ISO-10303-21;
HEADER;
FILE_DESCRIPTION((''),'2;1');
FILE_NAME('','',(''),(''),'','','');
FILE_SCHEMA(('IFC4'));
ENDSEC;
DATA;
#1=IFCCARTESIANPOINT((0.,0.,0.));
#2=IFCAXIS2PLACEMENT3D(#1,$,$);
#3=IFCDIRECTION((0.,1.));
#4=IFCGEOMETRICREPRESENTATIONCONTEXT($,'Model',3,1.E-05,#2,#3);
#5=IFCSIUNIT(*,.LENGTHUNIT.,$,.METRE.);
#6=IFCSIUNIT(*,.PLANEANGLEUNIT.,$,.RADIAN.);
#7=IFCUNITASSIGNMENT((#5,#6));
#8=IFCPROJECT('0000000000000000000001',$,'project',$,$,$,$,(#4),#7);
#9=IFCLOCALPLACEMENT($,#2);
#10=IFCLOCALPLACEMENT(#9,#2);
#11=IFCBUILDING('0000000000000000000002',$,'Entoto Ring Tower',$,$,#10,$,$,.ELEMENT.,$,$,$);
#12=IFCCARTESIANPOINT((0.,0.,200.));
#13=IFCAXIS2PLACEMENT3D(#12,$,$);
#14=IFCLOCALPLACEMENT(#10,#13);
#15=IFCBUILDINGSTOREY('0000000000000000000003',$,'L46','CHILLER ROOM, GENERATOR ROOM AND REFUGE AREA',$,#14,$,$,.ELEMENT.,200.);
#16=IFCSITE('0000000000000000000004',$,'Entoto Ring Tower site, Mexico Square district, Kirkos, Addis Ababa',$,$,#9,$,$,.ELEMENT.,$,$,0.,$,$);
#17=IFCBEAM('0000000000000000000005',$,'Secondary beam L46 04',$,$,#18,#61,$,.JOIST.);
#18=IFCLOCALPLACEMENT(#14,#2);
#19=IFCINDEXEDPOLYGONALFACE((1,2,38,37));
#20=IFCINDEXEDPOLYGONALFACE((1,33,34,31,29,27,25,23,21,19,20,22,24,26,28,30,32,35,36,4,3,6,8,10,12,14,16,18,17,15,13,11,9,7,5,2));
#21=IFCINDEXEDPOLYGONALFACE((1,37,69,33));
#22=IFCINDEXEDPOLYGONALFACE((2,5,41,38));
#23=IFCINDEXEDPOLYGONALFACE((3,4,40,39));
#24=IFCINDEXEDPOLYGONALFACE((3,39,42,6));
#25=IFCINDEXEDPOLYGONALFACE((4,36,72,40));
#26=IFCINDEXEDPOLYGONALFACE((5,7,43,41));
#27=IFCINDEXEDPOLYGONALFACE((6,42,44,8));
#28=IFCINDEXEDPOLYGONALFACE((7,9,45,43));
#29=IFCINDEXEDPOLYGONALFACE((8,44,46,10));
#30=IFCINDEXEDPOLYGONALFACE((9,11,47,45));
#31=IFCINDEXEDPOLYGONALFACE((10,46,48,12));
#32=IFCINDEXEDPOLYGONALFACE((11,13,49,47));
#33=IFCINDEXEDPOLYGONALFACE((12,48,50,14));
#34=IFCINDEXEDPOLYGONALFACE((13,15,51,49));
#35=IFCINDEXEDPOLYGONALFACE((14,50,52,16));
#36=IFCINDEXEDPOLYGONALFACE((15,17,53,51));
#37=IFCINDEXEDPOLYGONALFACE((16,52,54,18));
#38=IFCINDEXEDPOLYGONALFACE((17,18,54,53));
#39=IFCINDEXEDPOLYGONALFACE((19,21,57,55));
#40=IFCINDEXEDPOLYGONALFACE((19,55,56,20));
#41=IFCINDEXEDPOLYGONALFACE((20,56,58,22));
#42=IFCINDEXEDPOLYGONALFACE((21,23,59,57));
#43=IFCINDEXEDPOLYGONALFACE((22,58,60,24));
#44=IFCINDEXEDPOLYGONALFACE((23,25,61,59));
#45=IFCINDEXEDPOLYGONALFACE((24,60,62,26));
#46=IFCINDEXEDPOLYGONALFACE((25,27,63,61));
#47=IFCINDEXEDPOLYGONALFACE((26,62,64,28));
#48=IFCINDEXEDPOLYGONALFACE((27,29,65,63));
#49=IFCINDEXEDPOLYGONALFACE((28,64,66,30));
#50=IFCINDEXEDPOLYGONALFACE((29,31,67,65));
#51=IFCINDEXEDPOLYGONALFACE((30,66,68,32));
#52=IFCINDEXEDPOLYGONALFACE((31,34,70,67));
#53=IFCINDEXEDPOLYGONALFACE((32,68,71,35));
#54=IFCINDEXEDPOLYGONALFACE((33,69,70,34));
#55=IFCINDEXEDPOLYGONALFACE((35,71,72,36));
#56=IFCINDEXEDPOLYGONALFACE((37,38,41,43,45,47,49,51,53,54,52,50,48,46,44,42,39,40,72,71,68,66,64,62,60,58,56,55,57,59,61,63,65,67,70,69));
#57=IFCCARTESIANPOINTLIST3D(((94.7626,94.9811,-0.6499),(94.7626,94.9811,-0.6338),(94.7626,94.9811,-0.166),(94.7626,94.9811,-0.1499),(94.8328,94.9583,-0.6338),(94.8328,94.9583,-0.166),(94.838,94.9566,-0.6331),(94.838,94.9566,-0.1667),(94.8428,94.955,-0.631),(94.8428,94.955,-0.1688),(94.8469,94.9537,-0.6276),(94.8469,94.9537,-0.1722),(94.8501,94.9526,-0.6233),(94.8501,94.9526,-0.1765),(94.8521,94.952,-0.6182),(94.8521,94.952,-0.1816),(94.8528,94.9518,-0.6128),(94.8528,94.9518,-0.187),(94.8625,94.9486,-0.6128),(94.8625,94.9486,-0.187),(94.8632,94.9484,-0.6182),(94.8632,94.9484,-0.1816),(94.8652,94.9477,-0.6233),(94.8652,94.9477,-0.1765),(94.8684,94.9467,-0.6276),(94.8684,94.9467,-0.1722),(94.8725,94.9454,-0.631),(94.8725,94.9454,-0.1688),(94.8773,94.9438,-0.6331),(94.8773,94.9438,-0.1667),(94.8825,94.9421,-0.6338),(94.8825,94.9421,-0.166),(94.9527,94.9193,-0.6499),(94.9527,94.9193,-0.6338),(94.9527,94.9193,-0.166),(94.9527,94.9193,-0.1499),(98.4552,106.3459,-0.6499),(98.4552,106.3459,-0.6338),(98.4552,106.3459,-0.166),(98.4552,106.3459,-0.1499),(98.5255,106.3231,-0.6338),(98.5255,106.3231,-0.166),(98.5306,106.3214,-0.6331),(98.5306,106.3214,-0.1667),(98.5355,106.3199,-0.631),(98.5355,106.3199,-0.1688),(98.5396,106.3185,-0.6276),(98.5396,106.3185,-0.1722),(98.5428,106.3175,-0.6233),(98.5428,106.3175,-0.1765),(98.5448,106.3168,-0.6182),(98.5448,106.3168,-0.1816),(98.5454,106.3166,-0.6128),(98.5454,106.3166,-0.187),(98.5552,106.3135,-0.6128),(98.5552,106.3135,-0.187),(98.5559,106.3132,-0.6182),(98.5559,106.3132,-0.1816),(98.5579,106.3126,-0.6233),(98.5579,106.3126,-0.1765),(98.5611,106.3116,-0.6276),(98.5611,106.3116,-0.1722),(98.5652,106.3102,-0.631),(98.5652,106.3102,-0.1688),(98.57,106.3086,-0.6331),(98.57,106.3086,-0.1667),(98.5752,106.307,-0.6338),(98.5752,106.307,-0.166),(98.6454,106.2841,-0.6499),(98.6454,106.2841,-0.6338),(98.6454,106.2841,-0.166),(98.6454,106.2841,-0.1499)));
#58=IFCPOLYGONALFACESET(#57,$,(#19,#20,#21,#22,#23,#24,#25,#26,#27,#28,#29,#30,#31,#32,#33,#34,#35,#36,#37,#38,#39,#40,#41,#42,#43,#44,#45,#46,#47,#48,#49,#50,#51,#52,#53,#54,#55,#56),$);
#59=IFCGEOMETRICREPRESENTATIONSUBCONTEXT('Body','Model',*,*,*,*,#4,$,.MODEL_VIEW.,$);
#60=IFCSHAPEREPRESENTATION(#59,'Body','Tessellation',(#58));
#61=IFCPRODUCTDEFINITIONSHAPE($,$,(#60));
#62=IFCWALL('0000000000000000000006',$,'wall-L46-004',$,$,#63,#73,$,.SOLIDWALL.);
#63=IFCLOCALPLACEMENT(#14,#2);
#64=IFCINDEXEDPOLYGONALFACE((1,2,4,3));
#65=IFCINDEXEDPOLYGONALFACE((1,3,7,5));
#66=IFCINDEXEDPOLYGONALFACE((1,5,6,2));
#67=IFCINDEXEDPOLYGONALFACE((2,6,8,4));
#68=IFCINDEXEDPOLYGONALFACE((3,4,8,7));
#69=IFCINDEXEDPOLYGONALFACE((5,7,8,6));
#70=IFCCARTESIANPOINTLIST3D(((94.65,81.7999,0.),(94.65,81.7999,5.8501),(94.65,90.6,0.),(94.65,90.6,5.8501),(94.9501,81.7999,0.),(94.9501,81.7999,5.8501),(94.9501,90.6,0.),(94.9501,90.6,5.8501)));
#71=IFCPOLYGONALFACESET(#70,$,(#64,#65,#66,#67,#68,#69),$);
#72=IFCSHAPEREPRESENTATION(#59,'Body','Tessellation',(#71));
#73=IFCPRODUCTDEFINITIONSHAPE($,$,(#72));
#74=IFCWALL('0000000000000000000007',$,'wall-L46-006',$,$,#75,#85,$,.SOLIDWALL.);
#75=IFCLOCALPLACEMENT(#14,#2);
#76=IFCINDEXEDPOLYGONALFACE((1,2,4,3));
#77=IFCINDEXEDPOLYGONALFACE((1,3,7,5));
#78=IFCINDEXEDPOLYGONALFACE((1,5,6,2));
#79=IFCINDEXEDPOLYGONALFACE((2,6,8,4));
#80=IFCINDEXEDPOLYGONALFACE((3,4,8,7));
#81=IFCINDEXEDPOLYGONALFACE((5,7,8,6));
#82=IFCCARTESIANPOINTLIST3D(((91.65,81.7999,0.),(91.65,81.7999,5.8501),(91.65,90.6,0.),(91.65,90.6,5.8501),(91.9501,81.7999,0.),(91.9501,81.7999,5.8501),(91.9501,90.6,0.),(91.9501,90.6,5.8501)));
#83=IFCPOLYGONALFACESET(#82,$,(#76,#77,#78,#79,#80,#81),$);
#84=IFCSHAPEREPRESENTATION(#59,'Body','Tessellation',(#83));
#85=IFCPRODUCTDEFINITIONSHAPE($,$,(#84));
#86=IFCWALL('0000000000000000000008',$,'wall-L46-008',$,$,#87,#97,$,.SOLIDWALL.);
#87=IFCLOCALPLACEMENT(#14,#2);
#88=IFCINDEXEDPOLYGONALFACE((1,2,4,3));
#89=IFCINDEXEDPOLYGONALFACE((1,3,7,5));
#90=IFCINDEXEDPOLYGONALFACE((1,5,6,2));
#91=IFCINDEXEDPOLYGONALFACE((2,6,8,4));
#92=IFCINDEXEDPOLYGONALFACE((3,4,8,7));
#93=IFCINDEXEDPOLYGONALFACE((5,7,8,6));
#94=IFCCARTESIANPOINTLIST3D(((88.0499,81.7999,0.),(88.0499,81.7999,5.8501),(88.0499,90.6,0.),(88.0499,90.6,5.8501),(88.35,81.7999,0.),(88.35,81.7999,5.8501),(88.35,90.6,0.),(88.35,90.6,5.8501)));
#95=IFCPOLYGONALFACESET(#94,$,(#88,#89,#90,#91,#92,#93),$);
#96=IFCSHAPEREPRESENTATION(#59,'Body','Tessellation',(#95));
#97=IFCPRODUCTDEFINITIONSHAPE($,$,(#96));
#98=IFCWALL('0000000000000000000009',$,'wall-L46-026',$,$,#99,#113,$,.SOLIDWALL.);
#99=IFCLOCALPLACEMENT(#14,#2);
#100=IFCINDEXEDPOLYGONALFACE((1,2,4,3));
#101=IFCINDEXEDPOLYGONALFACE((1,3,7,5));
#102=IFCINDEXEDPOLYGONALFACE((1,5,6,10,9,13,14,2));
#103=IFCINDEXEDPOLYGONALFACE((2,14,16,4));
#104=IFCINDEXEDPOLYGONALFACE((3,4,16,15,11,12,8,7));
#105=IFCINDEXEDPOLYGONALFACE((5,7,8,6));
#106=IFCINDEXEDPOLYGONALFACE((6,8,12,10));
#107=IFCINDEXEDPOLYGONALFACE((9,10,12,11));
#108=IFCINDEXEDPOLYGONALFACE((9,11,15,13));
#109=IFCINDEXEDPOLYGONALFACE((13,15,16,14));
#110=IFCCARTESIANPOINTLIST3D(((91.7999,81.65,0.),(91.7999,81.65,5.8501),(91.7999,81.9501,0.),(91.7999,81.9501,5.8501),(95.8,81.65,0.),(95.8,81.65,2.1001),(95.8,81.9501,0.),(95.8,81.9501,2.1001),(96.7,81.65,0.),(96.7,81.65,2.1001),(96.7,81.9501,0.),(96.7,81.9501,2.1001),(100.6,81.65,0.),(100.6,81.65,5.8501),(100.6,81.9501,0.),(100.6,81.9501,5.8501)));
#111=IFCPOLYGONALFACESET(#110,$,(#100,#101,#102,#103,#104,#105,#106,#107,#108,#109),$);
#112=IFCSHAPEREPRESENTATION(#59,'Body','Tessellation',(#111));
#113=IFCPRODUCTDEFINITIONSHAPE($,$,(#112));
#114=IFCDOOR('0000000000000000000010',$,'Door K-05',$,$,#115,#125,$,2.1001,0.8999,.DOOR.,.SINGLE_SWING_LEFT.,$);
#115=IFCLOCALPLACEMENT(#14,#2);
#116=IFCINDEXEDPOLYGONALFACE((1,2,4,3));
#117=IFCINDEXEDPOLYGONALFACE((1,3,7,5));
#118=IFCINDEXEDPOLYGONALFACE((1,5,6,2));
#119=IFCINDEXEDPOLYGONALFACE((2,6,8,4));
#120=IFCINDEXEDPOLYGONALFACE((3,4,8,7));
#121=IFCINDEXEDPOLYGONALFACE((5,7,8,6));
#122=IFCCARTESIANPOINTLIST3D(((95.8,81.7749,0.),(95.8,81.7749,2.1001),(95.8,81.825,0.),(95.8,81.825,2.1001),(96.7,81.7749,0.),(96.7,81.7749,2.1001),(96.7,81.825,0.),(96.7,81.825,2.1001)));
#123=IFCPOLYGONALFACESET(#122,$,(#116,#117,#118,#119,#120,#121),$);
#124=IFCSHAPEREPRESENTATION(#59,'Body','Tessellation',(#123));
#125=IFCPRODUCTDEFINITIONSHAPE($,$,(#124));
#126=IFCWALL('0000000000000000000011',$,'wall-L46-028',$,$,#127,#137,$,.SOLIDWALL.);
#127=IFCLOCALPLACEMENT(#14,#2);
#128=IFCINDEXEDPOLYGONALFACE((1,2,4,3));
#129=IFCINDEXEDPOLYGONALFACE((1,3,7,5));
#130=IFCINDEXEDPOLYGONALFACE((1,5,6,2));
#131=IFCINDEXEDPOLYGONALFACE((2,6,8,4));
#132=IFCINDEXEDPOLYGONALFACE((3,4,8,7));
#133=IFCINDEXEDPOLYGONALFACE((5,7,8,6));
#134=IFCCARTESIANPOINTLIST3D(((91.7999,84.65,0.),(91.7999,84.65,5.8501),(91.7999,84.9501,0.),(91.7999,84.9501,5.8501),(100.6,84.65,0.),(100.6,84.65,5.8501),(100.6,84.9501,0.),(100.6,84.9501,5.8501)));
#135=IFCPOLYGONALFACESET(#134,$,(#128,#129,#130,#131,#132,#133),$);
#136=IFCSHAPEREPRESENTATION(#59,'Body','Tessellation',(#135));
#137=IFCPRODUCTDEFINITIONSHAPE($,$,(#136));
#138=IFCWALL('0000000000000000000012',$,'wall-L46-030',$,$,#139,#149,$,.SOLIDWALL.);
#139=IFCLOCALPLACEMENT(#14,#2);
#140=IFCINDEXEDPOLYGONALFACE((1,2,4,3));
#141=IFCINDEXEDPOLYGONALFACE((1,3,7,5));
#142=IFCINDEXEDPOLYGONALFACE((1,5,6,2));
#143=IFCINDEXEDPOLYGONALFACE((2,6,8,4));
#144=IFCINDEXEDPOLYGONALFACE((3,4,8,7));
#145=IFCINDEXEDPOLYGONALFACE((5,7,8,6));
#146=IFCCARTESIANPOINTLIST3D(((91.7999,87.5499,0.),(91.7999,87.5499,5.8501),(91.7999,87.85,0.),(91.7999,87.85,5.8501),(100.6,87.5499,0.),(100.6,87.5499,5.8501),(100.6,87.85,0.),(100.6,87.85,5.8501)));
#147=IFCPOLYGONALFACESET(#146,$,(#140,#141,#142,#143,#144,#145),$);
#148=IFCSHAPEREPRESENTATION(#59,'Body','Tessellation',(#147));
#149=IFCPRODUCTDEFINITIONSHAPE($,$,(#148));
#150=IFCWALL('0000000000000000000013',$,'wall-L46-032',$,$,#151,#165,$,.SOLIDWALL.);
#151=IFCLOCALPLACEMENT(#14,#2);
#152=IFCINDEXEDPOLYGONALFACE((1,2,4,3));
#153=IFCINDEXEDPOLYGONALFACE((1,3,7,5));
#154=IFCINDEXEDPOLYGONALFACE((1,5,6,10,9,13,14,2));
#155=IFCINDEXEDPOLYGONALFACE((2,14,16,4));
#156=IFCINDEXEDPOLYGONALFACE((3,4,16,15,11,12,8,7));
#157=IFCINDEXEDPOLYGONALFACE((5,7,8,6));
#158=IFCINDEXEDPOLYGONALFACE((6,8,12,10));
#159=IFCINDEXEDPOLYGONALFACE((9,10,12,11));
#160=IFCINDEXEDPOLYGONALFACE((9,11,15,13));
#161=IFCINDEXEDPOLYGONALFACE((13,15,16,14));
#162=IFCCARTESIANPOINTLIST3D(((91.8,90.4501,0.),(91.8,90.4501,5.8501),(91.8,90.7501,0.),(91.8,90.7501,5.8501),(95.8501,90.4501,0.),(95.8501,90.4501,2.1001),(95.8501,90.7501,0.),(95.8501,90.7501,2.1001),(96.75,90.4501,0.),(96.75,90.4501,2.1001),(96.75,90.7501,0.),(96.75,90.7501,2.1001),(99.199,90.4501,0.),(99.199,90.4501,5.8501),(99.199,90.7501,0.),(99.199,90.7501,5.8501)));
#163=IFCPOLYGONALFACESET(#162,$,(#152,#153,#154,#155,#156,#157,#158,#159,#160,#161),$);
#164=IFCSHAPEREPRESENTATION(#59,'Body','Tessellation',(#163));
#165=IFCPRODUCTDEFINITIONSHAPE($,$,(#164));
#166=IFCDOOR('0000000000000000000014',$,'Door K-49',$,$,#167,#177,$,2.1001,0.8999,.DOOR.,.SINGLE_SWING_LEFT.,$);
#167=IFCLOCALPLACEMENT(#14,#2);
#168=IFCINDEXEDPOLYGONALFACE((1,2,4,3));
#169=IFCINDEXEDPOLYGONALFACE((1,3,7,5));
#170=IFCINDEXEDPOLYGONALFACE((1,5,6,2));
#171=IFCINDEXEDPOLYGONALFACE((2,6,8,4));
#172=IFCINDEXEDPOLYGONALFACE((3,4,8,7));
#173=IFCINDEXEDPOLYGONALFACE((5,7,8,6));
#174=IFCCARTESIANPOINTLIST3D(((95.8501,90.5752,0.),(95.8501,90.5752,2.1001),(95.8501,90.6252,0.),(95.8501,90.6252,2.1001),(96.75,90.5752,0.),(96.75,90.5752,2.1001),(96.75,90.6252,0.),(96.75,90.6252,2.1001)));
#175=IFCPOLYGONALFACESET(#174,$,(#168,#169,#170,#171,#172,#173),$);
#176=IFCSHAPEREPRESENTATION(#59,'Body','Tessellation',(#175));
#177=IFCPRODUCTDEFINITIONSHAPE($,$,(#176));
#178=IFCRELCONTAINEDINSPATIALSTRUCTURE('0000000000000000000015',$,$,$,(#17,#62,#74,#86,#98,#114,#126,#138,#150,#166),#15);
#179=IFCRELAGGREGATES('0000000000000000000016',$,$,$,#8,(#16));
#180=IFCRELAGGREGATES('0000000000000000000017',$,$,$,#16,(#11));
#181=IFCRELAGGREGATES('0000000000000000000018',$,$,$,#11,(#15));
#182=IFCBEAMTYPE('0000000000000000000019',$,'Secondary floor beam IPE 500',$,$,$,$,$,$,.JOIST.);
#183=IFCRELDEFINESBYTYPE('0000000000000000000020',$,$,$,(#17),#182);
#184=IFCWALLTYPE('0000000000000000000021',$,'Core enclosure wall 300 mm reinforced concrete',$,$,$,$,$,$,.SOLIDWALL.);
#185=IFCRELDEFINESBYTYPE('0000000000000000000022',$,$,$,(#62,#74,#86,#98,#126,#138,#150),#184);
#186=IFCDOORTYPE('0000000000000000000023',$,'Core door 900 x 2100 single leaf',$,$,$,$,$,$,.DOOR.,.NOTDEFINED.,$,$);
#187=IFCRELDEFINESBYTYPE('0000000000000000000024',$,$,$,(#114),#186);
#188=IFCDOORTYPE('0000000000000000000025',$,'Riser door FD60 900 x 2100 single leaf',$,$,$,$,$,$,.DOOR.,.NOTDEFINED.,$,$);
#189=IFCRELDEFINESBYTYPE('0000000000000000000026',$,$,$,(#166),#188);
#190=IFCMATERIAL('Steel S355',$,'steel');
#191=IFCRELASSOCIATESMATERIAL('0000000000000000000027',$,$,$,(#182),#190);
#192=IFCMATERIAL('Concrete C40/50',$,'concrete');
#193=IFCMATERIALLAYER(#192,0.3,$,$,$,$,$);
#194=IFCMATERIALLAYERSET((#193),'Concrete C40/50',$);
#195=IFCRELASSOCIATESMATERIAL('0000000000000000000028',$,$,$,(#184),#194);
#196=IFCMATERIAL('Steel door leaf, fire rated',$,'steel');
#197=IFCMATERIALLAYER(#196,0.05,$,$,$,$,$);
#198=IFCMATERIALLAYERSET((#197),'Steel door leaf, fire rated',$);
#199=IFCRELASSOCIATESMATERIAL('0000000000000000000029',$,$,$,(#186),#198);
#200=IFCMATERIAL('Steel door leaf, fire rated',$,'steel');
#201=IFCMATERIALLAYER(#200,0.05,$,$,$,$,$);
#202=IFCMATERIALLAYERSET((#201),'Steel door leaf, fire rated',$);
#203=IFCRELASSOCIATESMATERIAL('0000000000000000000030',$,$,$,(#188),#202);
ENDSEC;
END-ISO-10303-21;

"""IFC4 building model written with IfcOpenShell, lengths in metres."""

from ifc_helpers import new_model, si_unit, direction, frame, frame_2d, origin, origin_2d, place, context, subcontext, project, spatial, rectangle, i_section, extrude, material, layer, layer_set, material_profile, profile_set, type_object, element, fill, save


model = new_model("IFC4")

# Units and contexts
model_context = context("Model", 3, precision=1e-05, world=origin(), true_north=direction((0.0, 1.0)))
body_context = subcontext(model_context, "Body", "Model", "MODEL_VIEW")
ifc_project = project(units=[si_unit("LENGTHUNIT", "METRE"), si_unit("PLANEANGLEUNIT", "RADIAN")], contexts=[model_context])

# Site, building, storey
site_placement = place(None, origin())
site = spatial("IfcSite", under=ifc_project, at=site_placement, Name="Entoto Ring Tower site, Mexico Square district, Kirkos, Addis Ababa", CompositionType="ELEMENT", RefElevation=0.0)
building_placement = place(site_placement, origin())
building = spatial("IfcBuilding", under=site, at=building_placement, Name="Entoto Ring Tower", CompositionType="ELEMENT")
storey_placement = place(building_placement, frame((0.0, 0.0, 200.0)))
storey = spatial("IfcBuildingStorey", under=building, at=storey_placement, Name="L46", Description="CHILLER ROOM, GENERATOR ROOM AND REFUGE AREA", CompositionType="ELEMENT", Elevation=200.0)

# Beam
ifc_material_1 = material(Name="Steel S355", Category="steel")
ifc_material_profile_1 = material_profile(ifc_material_1, i_section(OverallWidth=0.2, OverallDepth=0.5, WebThickness=0.0103, FlangeThickness=0.0161, FilletRadius=0.021, at=origin_2d()), Name="IPE 500")
ifc_profile_set_1 = profile_set([ifc_material_profile_1], Name="Steel S355")
beam_type_1 = type_object("IfcBeamType", Name="Secondary floor beam IPE 500", PredefinedType="JOIST", material=ifc_profile_set_1)
beam_1_placement = place(storey_placement, frame((94.8577, 94.9502, -0.3999), z_axis=(0.309017, 0.951057, 0.0), x_axis=(-0.951057, 0.309017, 0.0)))
element("IfcBeam", 1, at=beam_1_placement, inside=storey, type_object=beam_type_1, Name="Secondary beam L46 04", PredefinedType="JOIST", context=body_context, shape_type="SweptSolid", body=[
    extrude(i_section(OverallWidth=0.2, OverallDepth=0.5, WebThickness=0.0103, FlangeThickness=0.0161, FilletRadius=0.021, at=origin_2d()), origin(), (0.0, 0.0, 1.0), 11.9497),
])

# Walls
ifc_material_2 = material(Name="Concrete C40/50", Category="concrete")
ifc_layer_1 = layer(ifc_material_2, 0.3)
ifc_layer_set_1 = layer_set([ifc_layer_1], Name="Concrete C40/50")
wall_type_1 = type_object("IfcWallType", Name="Core enclosure wall 300 mm reinforced concrete", PredefinedType="SOLIDWALL", material=ifc_layer_set_1)
for number, where, z_axis, x_axis, name in (
    (2, (94.8, 81.8, 0.0), (0.0, 0.0, 1.0), (0.0, 1.0, 0.0), "wall-L46-004"),
    (3, (91.8, 81.8, 0.0), (0.0, 0.0, 1.0), (0.0, 1.0, 0.0), "wall-L46-006"),
    (4, (88.2, 81.8, 0.0), (0.0, 0.0, 1.0), (0.0, 1.0, 0.0), "wall-L46-008"),
):
    element("IfcWall", number, at=place(storey_placement, frame(where, z_axis=z_axis, x_axis=x_axis)), inside=storey, type_object=wall_type_1, Name=name, PredefinedType="SOLIDWALL", context=body_context, shape_type="SweptSolid", body=[
        extrude(rectangle(XDim=8.8, YDim=0.3, at=frame_2d((4.3999, 0.0))), origin(), (0.0, 0.0, 1.0), 5.8501),
    ])

# Wall, opening, door
wall_1_placement = place(storey_placement, frame((91.8, 81.8, 0.0), z_axis=(0.0, 0.0, 1.0), x_axis=(1.0, 0.0, 0.0)))
wall_1 = element("IfcWall", 5, at=wall_1_placement, inside=storey, type_object=wall_type_1, Name="wall-L46-026", PredefinedType="SOLIDWALL", context=body_context, shape_type="SweptSolid", body=[
    extrude(rectangle(XDim=8.8, YDim=0.3, at=frame_2d((4.3999, 0.0))), origin(), (0.0, 0.0, 1.0), 5.8501),
])
opening_1_placement = place(wall_1_placement, frame((4.0, 0.0, 0.0)))
opening_1 = element("IfcOpeningElement", 6, at=opening_1_placement, cuts=wall_1, PredefinedType="OPENING", context=body_context, shape_type="SweptSolid", body=[
    extrude(rectangle(XDim=0.8999, YDim=2.1001, at=frame_2d((0.45, 1.05))), frame((0.0, 0.1602, 0.0), z_axis=(0.0, -1.0, 0.0), x_axis=(1.0, 0.0, 0.0)), (0.0, 0.0, 1.0), 0.3201),
])
ifc_material_3 = material(Name="Steel door leaf, fire rated", Category="steel")
ifc_layer_2 = layer(ifc_material_3, 0.05)
ifc_layer_set_2 = layer_set([ifc_layer_2], Name="Steel door leaf, fire rated")
door_type_1 = type_object("IfcDoorType", Name="Core door 900 x 2100 single leaf", OperationType="NOTDEFINED", PredefinedType="DOOR", material=ifc_layer_set_2)
door_1_placement = place(opening_1_placement, origin())
door_1 = element("IfcDoor", 7, at=door_1_placement, inside=storey, type_object=door_type_1, Name="Door K-05", OperationType="SINGLE_SWING_LEFT", OverallHeight=2.1001, OverallWidth=0.8999, PredefinedType="DOOR", context=body_context, shape_type="SweptSolid", body=[
    extrude(rectangle(XDim=0.8999, YDim=2.1001, at=frame_2d((0.45, 1.05))), frame((0.0, 0.0249, 0.0), z_axis=(0.0, -1.0, 0.0), x_axis=(1.0, 0.0, 0.0)), (0.0, 0.0, 1.0), 0.05),
])
fill(opening_1, door_1)

# Walls
for number, where, z_axis, x_axis, name in (
    (8, (91.8, 84.8, 0.0), (0.0, 0.0, 1.0), (1.0, 0.0, 0.0), "wall-L46-028"),
    (9, (91.8, 87.7, 0.0), (0.0, 0.0, 1.0), (1.0, 0.0, 0.0), "wall-L46-030"),
):
    element("IfcWall", number, at=place(storey_placement, frame(where, z_axis=z_axis, x_axis=x_axis)), inside=storey, type_object=wall_type_1, Name=name, PredefinedType="SOLIDWALL", context=body_context, shape_type="SweptSolid", body=[
        extrude(rectangle(XDim=8.8, YDim=0.3, at=frame_2d((4.3999, 0.0))), origin(), (0.0, 0.0, 1.0), 5.8501),
    ])

# Wall, opening, door
wall_2_placement = place(storey_placement, frame((91.8, 90.6001, 0.0), z_axis=(0.0, 0.0, 1.0), x_axis=(1.0, 0.0, 0.0)))
wall_2 = element("IfcWall", 10, at=wall_2_placement, inside=storey, type_object=wall_type_1, Name="wall-L46-032", PredefinedType="SOLIDWALL", context=body_context, shape_type="SweptSolid", body=[
    extrude(rectangle(XDim=7.3989, YDim=0.3, at=frame_2d((3.6995, 0.0))), origin(), (0.0, 0.0, 1.0), 5.8501),
])
opening_2_placement = place(wall_2_placement, frame((4.05, 0.0, 0.0)))
opening_2 = element("IfcOpeningElement", 11, at=opening_2_placement, cuts=wall_2, PredefinedType="OPENING", context=body_context, shape_type="SweptSolid", body=[
    extrude(rectangle(XDim=0.8999, YDim=2.1001, at=frame_2d((0.45, 1.05))), frame((0.0, 0.1602, 0.0), z_axis=(0.0, -1.0, 0.0), x_axis=(1.0, 0.0, 0.0)), (0.0, 0.0, 1.0), 0.3201),
])
ifc_material_4 = material(Name="Steel door leaf, fire rated", Category="steel")
ifc_layer_3 = layer(ifc_material_4, 0.05)
ifc_layer_set_3 = layer_set([ifc_layer_3], Name="Steel door leaf, fire rated")
door_type_2 = type_object("IfcDoorType", Name="Riser door FD60 900 x 2100 single leaf", OperationType="NOTDEFINED", PredefinedType="DOOR", material=ifc_layer_set_3)
door_2_placement = place(opening_2_placement, frame((0.8999, 0.0, 0.0), z_axis=(0.0, 0.0, 1.0), x_axis=(-1.0, 0.0, 0.0)))
door_2 = element("IfcDoor", 12, at=door_2_placement, inside=storey, type_object=door_type_2, Name="Door K-49", OperationType="SINGLE_SWING_LEFT", OverallHeight=2.1001, OverallWidth=0.8999, PredefinedType="DOOR", context=body_context, shape_type="SweptSolid", body=[
    extrude(rectangle(XDim=0.8999, YDim=2.1001, at=frame_2d((0.45, 1.05))), frame((0.0, 0.0249, 0.0), z_axis=(0.0, -1.0, 0.0), x_axis=(1.0, 0.0, 0.0)), (0.0, 0.0, 1.0), 0.05),
])
fill(opening_2, door_2)

save(model, "model.ifc")
